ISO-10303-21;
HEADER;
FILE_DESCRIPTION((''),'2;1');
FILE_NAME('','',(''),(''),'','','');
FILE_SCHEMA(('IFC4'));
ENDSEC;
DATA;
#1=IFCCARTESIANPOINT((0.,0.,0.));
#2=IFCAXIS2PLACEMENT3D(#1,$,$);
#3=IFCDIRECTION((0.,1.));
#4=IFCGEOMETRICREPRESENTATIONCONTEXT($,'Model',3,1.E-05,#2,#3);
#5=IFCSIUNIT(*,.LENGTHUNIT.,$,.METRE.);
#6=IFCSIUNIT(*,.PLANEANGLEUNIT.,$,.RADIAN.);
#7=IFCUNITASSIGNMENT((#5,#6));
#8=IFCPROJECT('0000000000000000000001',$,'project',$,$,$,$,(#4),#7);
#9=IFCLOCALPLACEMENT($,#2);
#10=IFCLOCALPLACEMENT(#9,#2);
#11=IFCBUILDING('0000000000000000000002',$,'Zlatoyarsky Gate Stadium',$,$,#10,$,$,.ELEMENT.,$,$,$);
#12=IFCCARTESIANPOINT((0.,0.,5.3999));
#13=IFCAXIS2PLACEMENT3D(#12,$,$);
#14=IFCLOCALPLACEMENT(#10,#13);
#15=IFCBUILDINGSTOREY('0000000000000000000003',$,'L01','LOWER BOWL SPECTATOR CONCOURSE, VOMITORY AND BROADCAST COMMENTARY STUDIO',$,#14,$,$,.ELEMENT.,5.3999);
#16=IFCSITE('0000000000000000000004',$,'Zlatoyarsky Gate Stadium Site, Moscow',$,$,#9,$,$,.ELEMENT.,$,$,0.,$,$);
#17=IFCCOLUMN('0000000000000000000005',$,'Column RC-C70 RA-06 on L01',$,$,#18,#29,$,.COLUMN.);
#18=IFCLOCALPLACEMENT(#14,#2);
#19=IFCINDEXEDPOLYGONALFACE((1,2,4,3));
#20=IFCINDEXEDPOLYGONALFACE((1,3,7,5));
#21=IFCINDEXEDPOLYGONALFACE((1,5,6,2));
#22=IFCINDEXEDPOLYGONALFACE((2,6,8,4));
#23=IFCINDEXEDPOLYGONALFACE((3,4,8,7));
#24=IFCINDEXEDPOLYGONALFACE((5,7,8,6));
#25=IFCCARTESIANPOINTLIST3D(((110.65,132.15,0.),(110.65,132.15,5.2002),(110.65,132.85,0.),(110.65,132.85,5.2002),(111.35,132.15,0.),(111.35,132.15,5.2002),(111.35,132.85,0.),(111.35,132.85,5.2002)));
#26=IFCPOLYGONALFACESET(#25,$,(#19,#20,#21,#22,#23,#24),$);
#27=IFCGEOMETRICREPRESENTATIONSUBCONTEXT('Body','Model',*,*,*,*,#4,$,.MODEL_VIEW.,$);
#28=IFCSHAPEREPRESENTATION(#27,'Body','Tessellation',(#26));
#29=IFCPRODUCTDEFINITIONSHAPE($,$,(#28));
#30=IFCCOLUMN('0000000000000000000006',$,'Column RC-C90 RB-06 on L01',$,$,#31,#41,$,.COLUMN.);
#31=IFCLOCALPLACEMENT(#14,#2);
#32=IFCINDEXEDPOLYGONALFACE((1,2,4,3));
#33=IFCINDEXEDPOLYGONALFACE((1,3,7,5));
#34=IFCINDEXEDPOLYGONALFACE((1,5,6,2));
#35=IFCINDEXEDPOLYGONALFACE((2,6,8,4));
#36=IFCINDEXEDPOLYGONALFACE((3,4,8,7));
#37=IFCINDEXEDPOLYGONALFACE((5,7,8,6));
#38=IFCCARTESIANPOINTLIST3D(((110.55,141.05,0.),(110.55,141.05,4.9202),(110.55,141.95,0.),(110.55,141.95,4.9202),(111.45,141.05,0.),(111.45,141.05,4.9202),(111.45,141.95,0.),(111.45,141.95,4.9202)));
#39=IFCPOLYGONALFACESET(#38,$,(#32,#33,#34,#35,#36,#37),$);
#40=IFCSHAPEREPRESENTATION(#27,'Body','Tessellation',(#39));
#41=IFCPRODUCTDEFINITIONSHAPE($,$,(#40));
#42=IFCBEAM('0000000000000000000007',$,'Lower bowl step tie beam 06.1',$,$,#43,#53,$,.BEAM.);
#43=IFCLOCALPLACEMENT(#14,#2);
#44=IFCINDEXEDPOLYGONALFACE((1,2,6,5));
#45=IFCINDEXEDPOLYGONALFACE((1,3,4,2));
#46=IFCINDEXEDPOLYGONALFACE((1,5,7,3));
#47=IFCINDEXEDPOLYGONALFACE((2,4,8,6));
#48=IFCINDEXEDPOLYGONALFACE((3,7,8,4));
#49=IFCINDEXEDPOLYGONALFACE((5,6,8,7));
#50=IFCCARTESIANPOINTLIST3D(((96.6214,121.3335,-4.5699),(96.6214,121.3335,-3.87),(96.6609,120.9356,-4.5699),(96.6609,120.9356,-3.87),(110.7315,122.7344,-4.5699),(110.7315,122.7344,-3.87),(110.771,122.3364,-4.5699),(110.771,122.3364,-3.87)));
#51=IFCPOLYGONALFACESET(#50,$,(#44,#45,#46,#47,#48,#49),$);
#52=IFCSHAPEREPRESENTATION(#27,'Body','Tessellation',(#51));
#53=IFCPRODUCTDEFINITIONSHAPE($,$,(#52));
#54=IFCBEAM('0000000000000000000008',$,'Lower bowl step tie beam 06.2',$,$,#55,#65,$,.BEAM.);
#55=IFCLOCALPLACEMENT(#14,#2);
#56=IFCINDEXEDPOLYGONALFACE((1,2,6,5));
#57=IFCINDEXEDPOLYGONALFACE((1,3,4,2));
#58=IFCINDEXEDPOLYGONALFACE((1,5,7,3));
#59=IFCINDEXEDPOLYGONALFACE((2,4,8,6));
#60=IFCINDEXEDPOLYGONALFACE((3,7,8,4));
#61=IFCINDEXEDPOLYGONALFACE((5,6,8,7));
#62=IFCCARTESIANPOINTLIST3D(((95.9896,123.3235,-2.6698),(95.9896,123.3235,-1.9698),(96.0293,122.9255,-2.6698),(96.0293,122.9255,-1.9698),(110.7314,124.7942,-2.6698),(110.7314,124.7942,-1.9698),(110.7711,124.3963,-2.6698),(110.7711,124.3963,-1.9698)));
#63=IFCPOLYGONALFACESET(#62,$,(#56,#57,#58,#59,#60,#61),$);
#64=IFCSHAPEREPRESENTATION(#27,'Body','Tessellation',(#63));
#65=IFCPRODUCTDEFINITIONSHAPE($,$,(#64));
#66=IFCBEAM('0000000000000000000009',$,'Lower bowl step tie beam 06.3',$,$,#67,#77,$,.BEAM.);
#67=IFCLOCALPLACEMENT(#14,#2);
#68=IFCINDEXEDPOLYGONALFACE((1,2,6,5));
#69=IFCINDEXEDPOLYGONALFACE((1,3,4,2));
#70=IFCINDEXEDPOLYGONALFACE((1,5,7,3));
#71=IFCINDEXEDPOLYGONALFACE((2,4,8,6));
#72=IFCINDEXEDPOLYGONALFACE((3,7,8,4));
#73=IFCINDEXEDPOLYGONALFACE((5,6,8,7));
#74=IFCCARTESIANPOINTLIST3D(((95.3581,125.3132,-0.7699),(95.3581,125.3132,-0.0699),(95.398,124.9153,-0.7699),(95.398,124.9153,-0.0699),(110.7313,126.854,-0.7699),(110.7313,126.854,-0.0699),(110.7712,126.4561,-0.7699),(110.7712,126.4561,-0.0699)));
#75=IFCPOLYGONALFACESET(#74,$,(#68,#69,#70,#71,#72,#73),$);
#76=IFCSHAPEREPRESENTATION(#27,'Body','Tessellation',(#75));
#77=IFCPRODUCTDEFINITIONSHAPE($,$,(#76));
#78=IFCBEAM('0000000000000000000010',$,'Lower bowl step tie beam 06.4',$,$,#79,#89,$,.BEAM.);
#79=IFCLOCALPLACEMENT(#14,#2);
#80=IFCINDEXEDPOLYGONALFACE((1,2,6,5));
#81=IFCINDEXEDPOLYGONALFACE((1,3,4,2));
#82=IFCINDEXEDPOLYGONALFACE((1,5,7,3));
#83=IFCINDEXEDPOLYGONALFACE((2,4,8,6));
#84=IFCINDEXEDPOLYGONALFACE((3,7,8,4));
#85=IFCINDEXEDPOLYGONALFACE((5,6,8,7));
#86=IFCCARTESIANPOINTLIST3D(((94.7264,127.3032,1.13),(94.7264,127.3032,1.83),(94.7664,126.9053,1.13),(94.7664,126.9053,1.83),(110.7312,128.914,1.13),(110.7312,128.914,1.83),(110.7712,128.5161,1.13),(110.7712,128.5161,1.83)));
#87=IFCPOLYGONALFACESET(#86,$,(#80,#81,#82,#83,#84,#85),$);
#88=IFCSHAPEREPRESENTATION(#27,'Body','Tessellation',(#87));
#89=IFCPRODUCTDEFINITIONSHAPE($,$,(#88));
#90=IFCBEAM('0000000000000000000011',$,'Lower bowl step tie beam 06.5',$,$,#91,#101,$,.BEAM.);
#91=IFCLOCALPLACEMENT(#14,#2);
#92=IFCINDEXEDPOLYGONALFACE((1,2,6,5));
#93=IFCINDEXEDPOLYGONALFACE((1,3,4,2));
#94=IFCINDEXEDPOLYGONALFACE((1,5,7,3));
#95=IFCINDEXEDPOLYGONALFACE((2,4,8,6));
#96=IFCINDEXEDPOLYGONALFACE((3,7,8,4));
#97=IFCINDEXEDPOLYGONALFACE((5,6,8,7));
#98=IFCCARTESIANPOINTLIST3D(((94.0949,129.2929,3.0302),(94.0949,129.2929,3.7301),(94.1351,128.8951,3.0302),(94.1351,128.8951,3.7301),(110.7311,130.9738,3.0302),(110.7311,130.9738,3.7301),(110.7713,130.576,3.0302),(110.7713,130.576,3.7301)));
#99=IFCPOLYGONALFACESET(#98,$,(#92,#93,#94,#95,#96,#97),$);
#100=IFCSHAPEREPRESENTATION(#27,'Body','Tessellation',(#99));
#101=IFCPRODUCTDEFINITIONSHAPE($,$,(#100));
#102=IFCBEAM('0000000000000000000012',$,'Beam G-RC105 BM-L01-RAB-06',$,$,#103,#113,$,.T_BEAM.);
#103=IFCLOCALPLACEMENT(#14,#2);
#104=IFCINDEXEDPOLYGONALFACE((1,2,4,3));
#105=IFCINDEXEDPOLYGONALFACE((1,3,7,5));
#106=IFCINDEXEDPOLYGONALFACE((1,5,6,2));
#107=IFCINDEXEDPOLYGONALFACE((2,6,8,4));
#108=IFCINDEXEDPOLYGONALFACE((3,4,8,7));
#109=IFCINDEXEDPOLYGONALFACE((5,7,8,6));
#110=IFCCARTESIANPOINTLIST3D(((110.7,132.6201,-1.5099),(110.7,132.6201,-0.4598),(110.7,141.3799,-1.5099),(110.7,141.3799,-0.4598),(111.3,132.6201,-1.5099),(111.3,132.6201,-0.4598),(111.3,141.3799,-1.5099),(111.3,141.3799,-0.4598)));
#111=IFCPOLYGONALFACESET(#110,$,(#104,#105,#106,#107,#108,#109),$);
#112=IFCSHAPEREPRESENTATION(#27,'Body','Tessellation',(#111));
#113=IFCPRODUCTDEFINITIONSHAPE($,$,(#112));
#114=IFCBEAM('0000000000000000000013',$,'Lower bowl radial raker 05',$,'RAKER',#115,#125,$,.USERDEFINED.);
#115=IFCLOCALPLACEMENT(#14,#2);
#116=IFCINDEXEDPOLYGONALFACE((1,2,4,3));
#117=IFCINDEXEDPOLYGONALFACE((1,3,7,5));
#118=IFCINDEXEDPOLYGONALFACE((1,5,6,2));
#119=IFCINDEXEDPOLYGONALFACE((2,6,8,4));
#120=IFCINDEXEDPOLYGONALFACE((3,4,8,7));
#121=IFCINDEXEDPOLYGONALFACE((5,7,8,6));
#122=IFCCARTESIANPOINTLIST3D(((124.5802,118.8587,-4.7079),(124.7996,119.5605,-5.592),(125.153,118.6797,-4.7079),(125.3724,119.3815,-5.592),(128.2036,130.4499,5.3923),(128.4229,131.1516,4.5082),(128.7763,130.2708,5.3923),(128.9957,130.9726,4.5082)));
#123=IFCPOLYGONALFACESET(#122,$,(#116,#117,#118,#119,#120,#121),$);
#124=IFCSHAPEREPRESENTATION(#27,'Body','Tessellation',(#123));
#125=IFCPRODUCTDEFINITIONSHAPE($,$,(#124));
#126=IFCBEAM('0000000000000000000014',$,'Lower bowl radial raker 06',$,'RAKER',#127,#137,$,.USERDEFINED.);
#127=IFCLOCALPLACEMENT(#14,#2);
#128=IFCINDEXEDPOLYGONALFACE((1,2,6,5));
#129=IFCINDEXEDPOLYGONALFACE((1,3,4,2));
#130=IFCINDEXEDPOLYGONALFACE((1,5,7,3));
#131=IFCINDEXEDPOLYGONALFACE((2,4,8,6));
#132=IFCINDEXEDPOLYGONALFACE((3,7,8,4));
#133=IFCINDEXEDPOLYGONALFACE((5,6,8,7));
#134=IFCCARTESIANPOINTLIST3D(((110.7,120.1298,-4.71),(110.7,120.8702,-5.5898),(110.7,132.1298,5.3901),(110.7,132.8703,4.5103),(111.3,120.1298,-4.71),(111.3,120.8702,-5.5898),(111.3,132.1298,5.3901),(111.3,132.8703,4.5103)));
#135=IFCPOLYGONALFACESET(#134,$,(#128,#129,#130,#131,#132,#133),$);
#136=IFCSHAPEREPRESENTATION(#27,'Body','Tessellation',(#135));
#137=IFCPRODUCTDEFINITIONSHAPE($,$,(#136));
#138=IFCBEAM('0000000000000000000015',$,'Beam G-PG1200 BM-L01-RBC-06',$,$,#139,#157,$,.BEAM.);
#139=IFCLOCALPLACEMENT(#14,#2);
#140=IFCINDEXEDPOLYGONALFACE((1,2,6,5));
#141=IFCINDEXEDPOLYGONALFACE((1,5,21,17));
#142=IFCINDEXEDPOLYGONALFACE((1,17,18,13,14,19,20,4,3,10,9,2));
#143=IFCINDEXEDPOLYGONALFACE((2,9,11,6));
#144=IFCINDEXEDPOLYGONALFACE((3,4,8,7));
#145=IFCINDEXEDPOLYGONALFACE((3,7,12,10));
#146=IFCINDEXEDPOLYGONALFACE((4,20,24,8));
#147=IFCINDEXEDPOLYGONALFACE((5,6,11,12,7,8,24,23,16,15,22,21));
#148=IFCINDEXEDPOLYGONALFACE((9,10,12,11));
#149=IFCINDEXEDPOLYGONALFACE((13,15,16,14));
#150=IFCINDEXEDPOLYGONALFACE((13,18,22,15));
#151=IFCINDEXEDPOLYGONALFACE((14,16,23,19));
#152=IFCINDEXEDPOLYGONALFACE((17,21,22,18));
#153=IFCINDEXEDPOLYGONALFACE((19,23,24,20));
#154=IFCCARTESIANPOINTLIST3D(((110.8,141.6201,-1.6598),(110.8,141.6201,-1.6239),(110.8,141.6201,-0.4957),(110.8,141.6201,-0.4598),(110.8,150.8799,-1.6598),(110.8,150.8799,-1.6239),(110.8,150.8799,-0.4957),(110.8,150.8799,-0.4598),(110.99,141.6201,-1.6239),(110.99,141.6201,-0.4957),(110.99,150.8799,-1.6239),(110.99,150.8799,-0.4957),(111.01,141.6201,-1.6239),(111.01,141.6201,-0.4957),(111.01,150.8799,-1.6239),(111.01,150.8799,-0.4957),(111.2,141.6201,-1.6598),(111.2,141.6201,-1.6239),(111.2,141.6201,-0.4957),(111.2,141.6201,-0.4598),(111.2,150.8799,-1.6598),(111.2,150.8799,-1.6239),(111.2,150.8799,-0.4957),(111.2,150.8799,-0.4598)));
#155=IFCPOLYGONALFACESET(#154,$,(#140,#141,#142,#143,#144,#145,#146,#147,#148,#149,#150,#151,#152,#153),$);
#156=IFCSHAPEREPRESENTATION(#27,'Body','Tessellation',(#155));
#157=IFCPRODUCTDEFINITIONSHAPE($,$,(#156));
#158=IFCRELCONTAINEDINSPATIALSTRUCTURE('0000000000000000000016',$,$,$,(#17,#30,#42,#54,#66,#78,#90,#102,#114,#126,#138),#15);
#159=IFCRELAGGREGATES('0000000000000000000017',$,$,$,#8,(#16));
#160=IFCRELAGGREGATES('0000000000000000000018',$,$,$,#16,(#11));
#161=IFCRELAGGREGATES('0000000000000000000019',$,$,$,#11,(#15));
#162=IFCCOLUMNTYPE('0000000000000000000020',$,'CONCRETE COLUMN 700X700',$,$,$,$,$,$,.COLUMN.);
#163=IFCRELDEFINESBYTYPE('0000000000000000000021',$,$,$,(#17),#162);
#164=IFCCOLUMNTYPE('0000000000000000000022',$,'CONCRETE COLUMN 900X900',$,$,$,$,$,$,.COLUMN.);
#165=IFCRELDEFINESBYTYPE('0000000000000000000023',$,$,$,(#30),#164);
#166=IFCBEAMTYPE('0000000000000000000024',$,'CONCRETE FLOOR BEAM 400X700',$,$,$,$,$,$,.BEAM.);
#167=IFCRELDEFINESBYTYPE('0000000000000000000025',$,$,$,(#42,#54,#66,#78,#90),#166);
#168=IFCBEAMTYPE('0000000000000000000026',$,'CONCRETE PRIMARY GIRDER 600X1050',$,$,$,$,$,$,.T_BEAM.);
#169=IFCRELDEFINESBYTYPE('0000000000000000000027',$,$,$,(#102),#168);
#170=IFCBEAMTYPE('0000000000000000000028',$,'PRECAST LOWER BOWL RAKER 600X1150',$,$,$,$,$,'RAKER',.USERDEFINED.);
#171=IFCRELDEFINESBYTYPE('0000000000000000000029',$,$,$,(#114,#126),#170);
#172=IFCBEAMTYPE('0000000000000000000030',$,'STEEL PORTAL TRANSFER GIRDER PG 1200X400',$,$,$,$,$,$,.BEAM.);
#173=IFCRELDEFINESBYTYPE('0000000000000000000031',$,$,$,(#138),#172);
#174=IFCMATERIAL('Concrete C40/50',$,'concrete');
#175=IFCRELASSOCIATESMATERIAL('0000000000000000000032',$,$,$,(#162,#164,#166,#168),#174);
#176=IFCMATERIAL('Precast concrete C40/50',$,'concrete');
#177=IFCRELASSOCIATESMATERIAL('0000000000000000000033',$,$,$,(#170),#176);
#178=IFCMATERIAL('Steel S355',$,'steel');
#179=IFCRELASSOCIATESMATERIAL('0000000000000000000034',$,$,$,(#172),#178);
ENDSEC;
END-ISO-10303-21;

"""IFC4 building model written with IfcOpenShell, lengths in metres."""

from ifc_helpers import new_model, si_unit, direction, frame, origin, origin_2d, place, context, subcontext, project, spatial, rectangle, i_section, extrude, material, material_profile, profile_set, type_object, element, save


model = new_model("IFC4")

# Units and contexts
model_context = context("Model", 3, precision=1e-05, world=origin(), true_north=direction((0.0, 1.0)))
body_context = subcontext(model_context, "Body", "Model", "MODEL_VIEW")
ifc_project = project(units=[si_unit("LENGTHUNIT", "METRE"), si_unit("PLANEANGLEUNIT", "RADIAN")], contexts=[model_context])

# Site, building, storey
site_placement = place(None, origin())
site = spatial("IfcSite", under=ifc_project, at=site_placement, Name="Zlatoyarsky Gate Stadium Site, Moscow", CompositionType="ELEMENT", RefElevation=0.0)
building_placement = place(site_placement, origin())
building = spatial("IfcBuilding", under=site, at=building_placement, Name="Zlatoyarsky Gate Stadium", CompositionType="ELEMENT")
storey_placement = place(building_placement, frame((0.0, 0.0, 5.3999)))
storey = spatial("IfcBuildingStorey", under=building, at=storey_placement, Name="L01", Description="LOWER BOWL SPECTATOR CONCOURSE, VOMITORY AND BROADCAST COMMENTARY STUDIO", CompositionType="ELEMENT", Elevation=5.3999)

# Columns
ifc_material_1 = material(Name="Concrete C40/50", Category="concrete")
ifc_material_profile_1 = material_profile(ifc_material_1, rectangle(XDim=0.7, YDim=0.7, at=origin_2d()), Name="RC COL 700X700")
ifc_profile_set_1 = profile_set([ifc_material_profile_1], Name="Concrete C40/50")
column_type_1 = type_object("IfcColumnType", Name="CONCRETE COLUMN 700X700", PredefinedType="COLUMN", material=ifc_profile_set_1)
column_1_placement = place(storey_placement, frame((111.0, 132.5, 0.0), z_axis=(0.0, 0.0, 1.0), x_axis=(0.0, 1.0, 0.0)))
element("IfcColumn", 1, at=column_1_placement, inside=storey, type_object=column_type_1, Name="Column RC-C70 RA-06 on L01", PredefinedType="COLUMN", context=body_context, shape_type="SweptSolid", body=[
    extrude(rectangle(XDim=0.7, YDim=0.7, at=origin_2d()), origin(), (0.0, 0.0, 1.0), 5.2002),
])
ifc_material_profile_2 = material_profile(ifc_material_1, rectangle(XDim=0.8999, YDim=0.8999, at=origin_2d()), Name="RC COL 900X900")
ifc_profile_set_2 = profile_set([ifc_material_profile_2], Name="Concrete C40/50")
column_type_2 = type_object("IfcColumnType", Name="CONCRETE COLUMN 900X900", PredefinedType="COLUMN", material=ifc_profile_set_2)
column_2_placement = place(storey_placement, frame((111.0, 141.5, 0.0), z_axis=(0.0, 0.0, 1.0), x_axis=(0.0, 1.0, 0.0)))
element("IfcColumn", 2, at=column_2_placement, inside=storey, type_object=column_type_2, Name="Column RC-C90 RB-06 on L01", PredefinedType="COLUMN", context=body_context, shape_type="SweptSolid", body=[
    extrude(rectangle(XDim=0.8999, YDim=0.8999, at=origin_2d()), origin(), (0.0, 0.0, 1.0), 4.9202),
])

# Beams
ifc_material_profile_3 = material_profile(ifc_material_1, rectangle(XDim=0.3999, YDim=0.7, at=origin_2d()), Name="RC BEAM 400X700")
ifc_profile_set_3 = profile_set([ifc_material_profile_3], Name="Concrete C40/50")
beam_type_1 = type_object("IfcBeamType", Name="CONCRETE FLOOR BEAM 400X700", PredefinedType="BEAM", material=ifc_profile_set_3)
beam_1_placement = place(storey_placement, frame((110.7512, 122.5354, -4.22), z_axis=(-0.995108, -0.098796, 0.0), x_axis=(0.098796, -0.995108, 0.0)))
element("IfcBeam", 3, at=beam_1_placement, inside=storey, type_object=beam_type_1, Name="Lower bowl step tie beam 06.1", PredefinedType="BEAM", context=body_context, shape_type="SweptSolid", body=[
    extrude(rectangle(XDim=0.3999, YDim=0.7, at=origin_2d()), origin(), (0.0, 0.0, 1.0), 14.1794),
])
beam_2_placement = place(storey_placement, frame((110.7512, 124.5952, -2.3198), z_axis=(-0.99506, -0.099272, 0.0), x_axis=(0.099272, -0.99506, 0.0)))
element("IfcBeam", 4, at=beam_2_placement, inside=storey, type_object=beam_type_1, Name="Lower bowl step tie beam 06.2", PredefinedType="BEAM", context=body_context, shape_type="SweptSolid", body=[
    extrude(rectangle(XDim=0.3999, YDim=0.7, at=origin_2d()), origin(), (0.0, 0.0, 1.0), 14.8149),
])
beam_3_placement = place(storey_placement, frame((110.7512, 126.655, -0.4199), z_axis=(-0.995015, -0.099724, 0.0), x_axis=(0.099724, -0.995015, 0.0)))
element("IfcBeam", 5, at=beam_3_placement, inside=storey, type_object=beam_type_1, Name="Lower bowl step tie beam 06.3", PredefinedType="BEAM", context=body_context, shape_type="SweptSolid", body=[
    extrude(rectangle(XDim=0.3999, YDim=0.7, at=origin_2d()), origin(), (0.0, 0.0, 1.0), 15.4502),
])
beam_4_placement = place(storey_placement, frame((110.7512, 128.7151, 1.48), z_axis=(-0.994973, -0.100141, 0.0), x_axis=(0.100141, -0.994973, 0.0)))
element("IfcBeam", 6, at=beam_4_placement, inside=storey, type_object=beam_type_1, Name="Lower bowl step tie beam 06.4", PredefinedType="BEAM", context=body_context, shape_type="SweptSolid", body=[
    extrude(rectangle(XDim=0.3999, YDim=0.7, at=origin_2d()), origin(), (0.0, 0.0, 1.0), 16.0857),
])
beam_5_placement = place(storey_placement, frame((110.7512, 130.7749, 3.3801), z_axis=(-0.994934, -0.100527, 0.0), x_axis=(0.100527, -0.994934, 0.0)))
element("IfcBeam", 7, at=beam_5_placement, inside=storey, type_object=beam_type_1, Name="Lower bowl step tie beam 06.5", PredefinedType="BEAM", context=body_context, shape_type="SweptSolid", body=[
    extrude(rectangle(XDim=0.3999, YDim=0.7, at=origin_2d()), origin(), (0.0, 0.0, 1.0), 16.7209),
])
ifc_material_profile_4 = material_profile(ifc_material_1, rectangle(XDim=0.6001, YDim=1.05, at=origin_2d()), Name="RC GIRDER 600X1050")
ifc_profile_set_4 = profile_set([ifc_material_profile_4], Name="Concrete C40/50")
beam_type_2 = type_object("IfcBeamType", Name="CONCRETE PRIMARY GIRDER 600X1050", PredefinedType="T_BEAM", material=ifc_profile_set_4)
beam_6_placement = place(storey_placement, frame((111.0, 132.6201, -0.9849), z_axis=(0.0, 1.0, 0.0), x_axis=(-1.0, 0.0, 0.0)))
element("IfcBeam", 8, at=beam_6_placement, inside=storey, type_object=beam_type_2, Name="Beam G-RC105 BM-L01-RAB-06", PredefinedType="T_BEAM", context=body_context, shape_type="SweptSolid", body=[
    extrude(rectangle(XDim=0.6001, YDim=1.05, at=origin_2d()), origin(), (0.0, 0.0, 1.0), 8.7598),
])
ifc_material_2 = material(Name="Precast concrete C40/50", Category="concrete")
ifc_material_profile_5 = material_profile(ifc_material_2, rectangle(XDim=0.6001, YDim=1.1499, at=origin_2d()), Name="PC RAKER 600X1150")
ifc_profile_set_5 = profile_set([ifc_material_profile_5], Name="Precast concrete C40/50")
beam_type_3 = type_object("IfcBeamType", Name="PRECAST LOWER BOWL RAKER 600X1150", ElementType="RAKER", PredefinedType="USERDEFINED", material=ifc_profile_set_5)
beam_7_placement = place(storey_placement, frame((124.9763, 119.1201, -5.1499), z_axis=(0.22939, 0.733828, 0.639435), x_axis=(-0.954455, 0.298356, 0.0)))
element("IfcBeam", 9, at=beam_7_placement, inside=storey, type_object=beam_type_3, Name="Lower bowl radial raker 05", ObjectType="RAKER", PredefinedType="USERDEFINED", context=body_context, shape_type="SweptSolid", body=[
    extrude(rectangle(XDim=0.6001, YDim=1.1499, at=origin_2d()), origin(), (0.0, 0.0, 1.0), 15.7954),
])
beam_8_placement = place(storey_placement, frame((111.0, 120.5, -5.1499), z_axis=(0.0, 0.765073, 0.643943), x_axis=(-1.0, 0.0, 0.0)))
element("IfcBeam", 10, at=beam_8_placement, inside=storey, type_object=beam_type_3, Name="Lower bowl radial raker 06", ObjectType="RAKER", PredefinedType="USERDEFINED", context=body_context, shape_type="SweptSolid", body=[
    extrude(rectangle(XDim=0.6001, YDim=1.1499, at=origin_2d()), origin(), (0.0, 0.0, 1.0), 15.6848),
])
ifc_material_3 = material(Name="Steel S355", Category="steel")
ifc_material_profile_6 = material_profile(ifc_material_3, i_section(OverallWidth=0.3999, OverallDepth=1.2, WebThickness=0.02, FlangeThickness=0.0359, at=origin_2d()), Name="PG 1200X400")
ifc_profile_set_6 = profile_set([ifc_material_profile_6], Name="Steel S355")
beam_type_4 = type_object("IfcBeamType", Name="STEEL PORTAL TRANSFER GIRDER PG 1200X400", PredefinedType="BEAM", material=ifc_profile_set_6)
beam_9_placement = place(storey_placement, frame((111.0, 141.6201, -1.0598), z_axis=(0.0, 1.0, 0.0), x_axis=(-1.0, 0.0, 0.0)))
element("IfcBeam", 11, at=beam_9_placement, inside=storey, type_object=beam_type_4, Name="Beam G-PG1200 BM-L01-RBC-06", PredefinedType="BEAM", context=body_context, shape_type="SweptSolid", body=[
    extrude(i_section(OverallWidth=0.3999, OverallDepth=1.2, WebThickness=0.02, FlangeThickness=0.0359, at=origin_2d()), origin(), (0.0, 0.0, 1.0), 9.2598),
])

save(model, "model.ifc")
